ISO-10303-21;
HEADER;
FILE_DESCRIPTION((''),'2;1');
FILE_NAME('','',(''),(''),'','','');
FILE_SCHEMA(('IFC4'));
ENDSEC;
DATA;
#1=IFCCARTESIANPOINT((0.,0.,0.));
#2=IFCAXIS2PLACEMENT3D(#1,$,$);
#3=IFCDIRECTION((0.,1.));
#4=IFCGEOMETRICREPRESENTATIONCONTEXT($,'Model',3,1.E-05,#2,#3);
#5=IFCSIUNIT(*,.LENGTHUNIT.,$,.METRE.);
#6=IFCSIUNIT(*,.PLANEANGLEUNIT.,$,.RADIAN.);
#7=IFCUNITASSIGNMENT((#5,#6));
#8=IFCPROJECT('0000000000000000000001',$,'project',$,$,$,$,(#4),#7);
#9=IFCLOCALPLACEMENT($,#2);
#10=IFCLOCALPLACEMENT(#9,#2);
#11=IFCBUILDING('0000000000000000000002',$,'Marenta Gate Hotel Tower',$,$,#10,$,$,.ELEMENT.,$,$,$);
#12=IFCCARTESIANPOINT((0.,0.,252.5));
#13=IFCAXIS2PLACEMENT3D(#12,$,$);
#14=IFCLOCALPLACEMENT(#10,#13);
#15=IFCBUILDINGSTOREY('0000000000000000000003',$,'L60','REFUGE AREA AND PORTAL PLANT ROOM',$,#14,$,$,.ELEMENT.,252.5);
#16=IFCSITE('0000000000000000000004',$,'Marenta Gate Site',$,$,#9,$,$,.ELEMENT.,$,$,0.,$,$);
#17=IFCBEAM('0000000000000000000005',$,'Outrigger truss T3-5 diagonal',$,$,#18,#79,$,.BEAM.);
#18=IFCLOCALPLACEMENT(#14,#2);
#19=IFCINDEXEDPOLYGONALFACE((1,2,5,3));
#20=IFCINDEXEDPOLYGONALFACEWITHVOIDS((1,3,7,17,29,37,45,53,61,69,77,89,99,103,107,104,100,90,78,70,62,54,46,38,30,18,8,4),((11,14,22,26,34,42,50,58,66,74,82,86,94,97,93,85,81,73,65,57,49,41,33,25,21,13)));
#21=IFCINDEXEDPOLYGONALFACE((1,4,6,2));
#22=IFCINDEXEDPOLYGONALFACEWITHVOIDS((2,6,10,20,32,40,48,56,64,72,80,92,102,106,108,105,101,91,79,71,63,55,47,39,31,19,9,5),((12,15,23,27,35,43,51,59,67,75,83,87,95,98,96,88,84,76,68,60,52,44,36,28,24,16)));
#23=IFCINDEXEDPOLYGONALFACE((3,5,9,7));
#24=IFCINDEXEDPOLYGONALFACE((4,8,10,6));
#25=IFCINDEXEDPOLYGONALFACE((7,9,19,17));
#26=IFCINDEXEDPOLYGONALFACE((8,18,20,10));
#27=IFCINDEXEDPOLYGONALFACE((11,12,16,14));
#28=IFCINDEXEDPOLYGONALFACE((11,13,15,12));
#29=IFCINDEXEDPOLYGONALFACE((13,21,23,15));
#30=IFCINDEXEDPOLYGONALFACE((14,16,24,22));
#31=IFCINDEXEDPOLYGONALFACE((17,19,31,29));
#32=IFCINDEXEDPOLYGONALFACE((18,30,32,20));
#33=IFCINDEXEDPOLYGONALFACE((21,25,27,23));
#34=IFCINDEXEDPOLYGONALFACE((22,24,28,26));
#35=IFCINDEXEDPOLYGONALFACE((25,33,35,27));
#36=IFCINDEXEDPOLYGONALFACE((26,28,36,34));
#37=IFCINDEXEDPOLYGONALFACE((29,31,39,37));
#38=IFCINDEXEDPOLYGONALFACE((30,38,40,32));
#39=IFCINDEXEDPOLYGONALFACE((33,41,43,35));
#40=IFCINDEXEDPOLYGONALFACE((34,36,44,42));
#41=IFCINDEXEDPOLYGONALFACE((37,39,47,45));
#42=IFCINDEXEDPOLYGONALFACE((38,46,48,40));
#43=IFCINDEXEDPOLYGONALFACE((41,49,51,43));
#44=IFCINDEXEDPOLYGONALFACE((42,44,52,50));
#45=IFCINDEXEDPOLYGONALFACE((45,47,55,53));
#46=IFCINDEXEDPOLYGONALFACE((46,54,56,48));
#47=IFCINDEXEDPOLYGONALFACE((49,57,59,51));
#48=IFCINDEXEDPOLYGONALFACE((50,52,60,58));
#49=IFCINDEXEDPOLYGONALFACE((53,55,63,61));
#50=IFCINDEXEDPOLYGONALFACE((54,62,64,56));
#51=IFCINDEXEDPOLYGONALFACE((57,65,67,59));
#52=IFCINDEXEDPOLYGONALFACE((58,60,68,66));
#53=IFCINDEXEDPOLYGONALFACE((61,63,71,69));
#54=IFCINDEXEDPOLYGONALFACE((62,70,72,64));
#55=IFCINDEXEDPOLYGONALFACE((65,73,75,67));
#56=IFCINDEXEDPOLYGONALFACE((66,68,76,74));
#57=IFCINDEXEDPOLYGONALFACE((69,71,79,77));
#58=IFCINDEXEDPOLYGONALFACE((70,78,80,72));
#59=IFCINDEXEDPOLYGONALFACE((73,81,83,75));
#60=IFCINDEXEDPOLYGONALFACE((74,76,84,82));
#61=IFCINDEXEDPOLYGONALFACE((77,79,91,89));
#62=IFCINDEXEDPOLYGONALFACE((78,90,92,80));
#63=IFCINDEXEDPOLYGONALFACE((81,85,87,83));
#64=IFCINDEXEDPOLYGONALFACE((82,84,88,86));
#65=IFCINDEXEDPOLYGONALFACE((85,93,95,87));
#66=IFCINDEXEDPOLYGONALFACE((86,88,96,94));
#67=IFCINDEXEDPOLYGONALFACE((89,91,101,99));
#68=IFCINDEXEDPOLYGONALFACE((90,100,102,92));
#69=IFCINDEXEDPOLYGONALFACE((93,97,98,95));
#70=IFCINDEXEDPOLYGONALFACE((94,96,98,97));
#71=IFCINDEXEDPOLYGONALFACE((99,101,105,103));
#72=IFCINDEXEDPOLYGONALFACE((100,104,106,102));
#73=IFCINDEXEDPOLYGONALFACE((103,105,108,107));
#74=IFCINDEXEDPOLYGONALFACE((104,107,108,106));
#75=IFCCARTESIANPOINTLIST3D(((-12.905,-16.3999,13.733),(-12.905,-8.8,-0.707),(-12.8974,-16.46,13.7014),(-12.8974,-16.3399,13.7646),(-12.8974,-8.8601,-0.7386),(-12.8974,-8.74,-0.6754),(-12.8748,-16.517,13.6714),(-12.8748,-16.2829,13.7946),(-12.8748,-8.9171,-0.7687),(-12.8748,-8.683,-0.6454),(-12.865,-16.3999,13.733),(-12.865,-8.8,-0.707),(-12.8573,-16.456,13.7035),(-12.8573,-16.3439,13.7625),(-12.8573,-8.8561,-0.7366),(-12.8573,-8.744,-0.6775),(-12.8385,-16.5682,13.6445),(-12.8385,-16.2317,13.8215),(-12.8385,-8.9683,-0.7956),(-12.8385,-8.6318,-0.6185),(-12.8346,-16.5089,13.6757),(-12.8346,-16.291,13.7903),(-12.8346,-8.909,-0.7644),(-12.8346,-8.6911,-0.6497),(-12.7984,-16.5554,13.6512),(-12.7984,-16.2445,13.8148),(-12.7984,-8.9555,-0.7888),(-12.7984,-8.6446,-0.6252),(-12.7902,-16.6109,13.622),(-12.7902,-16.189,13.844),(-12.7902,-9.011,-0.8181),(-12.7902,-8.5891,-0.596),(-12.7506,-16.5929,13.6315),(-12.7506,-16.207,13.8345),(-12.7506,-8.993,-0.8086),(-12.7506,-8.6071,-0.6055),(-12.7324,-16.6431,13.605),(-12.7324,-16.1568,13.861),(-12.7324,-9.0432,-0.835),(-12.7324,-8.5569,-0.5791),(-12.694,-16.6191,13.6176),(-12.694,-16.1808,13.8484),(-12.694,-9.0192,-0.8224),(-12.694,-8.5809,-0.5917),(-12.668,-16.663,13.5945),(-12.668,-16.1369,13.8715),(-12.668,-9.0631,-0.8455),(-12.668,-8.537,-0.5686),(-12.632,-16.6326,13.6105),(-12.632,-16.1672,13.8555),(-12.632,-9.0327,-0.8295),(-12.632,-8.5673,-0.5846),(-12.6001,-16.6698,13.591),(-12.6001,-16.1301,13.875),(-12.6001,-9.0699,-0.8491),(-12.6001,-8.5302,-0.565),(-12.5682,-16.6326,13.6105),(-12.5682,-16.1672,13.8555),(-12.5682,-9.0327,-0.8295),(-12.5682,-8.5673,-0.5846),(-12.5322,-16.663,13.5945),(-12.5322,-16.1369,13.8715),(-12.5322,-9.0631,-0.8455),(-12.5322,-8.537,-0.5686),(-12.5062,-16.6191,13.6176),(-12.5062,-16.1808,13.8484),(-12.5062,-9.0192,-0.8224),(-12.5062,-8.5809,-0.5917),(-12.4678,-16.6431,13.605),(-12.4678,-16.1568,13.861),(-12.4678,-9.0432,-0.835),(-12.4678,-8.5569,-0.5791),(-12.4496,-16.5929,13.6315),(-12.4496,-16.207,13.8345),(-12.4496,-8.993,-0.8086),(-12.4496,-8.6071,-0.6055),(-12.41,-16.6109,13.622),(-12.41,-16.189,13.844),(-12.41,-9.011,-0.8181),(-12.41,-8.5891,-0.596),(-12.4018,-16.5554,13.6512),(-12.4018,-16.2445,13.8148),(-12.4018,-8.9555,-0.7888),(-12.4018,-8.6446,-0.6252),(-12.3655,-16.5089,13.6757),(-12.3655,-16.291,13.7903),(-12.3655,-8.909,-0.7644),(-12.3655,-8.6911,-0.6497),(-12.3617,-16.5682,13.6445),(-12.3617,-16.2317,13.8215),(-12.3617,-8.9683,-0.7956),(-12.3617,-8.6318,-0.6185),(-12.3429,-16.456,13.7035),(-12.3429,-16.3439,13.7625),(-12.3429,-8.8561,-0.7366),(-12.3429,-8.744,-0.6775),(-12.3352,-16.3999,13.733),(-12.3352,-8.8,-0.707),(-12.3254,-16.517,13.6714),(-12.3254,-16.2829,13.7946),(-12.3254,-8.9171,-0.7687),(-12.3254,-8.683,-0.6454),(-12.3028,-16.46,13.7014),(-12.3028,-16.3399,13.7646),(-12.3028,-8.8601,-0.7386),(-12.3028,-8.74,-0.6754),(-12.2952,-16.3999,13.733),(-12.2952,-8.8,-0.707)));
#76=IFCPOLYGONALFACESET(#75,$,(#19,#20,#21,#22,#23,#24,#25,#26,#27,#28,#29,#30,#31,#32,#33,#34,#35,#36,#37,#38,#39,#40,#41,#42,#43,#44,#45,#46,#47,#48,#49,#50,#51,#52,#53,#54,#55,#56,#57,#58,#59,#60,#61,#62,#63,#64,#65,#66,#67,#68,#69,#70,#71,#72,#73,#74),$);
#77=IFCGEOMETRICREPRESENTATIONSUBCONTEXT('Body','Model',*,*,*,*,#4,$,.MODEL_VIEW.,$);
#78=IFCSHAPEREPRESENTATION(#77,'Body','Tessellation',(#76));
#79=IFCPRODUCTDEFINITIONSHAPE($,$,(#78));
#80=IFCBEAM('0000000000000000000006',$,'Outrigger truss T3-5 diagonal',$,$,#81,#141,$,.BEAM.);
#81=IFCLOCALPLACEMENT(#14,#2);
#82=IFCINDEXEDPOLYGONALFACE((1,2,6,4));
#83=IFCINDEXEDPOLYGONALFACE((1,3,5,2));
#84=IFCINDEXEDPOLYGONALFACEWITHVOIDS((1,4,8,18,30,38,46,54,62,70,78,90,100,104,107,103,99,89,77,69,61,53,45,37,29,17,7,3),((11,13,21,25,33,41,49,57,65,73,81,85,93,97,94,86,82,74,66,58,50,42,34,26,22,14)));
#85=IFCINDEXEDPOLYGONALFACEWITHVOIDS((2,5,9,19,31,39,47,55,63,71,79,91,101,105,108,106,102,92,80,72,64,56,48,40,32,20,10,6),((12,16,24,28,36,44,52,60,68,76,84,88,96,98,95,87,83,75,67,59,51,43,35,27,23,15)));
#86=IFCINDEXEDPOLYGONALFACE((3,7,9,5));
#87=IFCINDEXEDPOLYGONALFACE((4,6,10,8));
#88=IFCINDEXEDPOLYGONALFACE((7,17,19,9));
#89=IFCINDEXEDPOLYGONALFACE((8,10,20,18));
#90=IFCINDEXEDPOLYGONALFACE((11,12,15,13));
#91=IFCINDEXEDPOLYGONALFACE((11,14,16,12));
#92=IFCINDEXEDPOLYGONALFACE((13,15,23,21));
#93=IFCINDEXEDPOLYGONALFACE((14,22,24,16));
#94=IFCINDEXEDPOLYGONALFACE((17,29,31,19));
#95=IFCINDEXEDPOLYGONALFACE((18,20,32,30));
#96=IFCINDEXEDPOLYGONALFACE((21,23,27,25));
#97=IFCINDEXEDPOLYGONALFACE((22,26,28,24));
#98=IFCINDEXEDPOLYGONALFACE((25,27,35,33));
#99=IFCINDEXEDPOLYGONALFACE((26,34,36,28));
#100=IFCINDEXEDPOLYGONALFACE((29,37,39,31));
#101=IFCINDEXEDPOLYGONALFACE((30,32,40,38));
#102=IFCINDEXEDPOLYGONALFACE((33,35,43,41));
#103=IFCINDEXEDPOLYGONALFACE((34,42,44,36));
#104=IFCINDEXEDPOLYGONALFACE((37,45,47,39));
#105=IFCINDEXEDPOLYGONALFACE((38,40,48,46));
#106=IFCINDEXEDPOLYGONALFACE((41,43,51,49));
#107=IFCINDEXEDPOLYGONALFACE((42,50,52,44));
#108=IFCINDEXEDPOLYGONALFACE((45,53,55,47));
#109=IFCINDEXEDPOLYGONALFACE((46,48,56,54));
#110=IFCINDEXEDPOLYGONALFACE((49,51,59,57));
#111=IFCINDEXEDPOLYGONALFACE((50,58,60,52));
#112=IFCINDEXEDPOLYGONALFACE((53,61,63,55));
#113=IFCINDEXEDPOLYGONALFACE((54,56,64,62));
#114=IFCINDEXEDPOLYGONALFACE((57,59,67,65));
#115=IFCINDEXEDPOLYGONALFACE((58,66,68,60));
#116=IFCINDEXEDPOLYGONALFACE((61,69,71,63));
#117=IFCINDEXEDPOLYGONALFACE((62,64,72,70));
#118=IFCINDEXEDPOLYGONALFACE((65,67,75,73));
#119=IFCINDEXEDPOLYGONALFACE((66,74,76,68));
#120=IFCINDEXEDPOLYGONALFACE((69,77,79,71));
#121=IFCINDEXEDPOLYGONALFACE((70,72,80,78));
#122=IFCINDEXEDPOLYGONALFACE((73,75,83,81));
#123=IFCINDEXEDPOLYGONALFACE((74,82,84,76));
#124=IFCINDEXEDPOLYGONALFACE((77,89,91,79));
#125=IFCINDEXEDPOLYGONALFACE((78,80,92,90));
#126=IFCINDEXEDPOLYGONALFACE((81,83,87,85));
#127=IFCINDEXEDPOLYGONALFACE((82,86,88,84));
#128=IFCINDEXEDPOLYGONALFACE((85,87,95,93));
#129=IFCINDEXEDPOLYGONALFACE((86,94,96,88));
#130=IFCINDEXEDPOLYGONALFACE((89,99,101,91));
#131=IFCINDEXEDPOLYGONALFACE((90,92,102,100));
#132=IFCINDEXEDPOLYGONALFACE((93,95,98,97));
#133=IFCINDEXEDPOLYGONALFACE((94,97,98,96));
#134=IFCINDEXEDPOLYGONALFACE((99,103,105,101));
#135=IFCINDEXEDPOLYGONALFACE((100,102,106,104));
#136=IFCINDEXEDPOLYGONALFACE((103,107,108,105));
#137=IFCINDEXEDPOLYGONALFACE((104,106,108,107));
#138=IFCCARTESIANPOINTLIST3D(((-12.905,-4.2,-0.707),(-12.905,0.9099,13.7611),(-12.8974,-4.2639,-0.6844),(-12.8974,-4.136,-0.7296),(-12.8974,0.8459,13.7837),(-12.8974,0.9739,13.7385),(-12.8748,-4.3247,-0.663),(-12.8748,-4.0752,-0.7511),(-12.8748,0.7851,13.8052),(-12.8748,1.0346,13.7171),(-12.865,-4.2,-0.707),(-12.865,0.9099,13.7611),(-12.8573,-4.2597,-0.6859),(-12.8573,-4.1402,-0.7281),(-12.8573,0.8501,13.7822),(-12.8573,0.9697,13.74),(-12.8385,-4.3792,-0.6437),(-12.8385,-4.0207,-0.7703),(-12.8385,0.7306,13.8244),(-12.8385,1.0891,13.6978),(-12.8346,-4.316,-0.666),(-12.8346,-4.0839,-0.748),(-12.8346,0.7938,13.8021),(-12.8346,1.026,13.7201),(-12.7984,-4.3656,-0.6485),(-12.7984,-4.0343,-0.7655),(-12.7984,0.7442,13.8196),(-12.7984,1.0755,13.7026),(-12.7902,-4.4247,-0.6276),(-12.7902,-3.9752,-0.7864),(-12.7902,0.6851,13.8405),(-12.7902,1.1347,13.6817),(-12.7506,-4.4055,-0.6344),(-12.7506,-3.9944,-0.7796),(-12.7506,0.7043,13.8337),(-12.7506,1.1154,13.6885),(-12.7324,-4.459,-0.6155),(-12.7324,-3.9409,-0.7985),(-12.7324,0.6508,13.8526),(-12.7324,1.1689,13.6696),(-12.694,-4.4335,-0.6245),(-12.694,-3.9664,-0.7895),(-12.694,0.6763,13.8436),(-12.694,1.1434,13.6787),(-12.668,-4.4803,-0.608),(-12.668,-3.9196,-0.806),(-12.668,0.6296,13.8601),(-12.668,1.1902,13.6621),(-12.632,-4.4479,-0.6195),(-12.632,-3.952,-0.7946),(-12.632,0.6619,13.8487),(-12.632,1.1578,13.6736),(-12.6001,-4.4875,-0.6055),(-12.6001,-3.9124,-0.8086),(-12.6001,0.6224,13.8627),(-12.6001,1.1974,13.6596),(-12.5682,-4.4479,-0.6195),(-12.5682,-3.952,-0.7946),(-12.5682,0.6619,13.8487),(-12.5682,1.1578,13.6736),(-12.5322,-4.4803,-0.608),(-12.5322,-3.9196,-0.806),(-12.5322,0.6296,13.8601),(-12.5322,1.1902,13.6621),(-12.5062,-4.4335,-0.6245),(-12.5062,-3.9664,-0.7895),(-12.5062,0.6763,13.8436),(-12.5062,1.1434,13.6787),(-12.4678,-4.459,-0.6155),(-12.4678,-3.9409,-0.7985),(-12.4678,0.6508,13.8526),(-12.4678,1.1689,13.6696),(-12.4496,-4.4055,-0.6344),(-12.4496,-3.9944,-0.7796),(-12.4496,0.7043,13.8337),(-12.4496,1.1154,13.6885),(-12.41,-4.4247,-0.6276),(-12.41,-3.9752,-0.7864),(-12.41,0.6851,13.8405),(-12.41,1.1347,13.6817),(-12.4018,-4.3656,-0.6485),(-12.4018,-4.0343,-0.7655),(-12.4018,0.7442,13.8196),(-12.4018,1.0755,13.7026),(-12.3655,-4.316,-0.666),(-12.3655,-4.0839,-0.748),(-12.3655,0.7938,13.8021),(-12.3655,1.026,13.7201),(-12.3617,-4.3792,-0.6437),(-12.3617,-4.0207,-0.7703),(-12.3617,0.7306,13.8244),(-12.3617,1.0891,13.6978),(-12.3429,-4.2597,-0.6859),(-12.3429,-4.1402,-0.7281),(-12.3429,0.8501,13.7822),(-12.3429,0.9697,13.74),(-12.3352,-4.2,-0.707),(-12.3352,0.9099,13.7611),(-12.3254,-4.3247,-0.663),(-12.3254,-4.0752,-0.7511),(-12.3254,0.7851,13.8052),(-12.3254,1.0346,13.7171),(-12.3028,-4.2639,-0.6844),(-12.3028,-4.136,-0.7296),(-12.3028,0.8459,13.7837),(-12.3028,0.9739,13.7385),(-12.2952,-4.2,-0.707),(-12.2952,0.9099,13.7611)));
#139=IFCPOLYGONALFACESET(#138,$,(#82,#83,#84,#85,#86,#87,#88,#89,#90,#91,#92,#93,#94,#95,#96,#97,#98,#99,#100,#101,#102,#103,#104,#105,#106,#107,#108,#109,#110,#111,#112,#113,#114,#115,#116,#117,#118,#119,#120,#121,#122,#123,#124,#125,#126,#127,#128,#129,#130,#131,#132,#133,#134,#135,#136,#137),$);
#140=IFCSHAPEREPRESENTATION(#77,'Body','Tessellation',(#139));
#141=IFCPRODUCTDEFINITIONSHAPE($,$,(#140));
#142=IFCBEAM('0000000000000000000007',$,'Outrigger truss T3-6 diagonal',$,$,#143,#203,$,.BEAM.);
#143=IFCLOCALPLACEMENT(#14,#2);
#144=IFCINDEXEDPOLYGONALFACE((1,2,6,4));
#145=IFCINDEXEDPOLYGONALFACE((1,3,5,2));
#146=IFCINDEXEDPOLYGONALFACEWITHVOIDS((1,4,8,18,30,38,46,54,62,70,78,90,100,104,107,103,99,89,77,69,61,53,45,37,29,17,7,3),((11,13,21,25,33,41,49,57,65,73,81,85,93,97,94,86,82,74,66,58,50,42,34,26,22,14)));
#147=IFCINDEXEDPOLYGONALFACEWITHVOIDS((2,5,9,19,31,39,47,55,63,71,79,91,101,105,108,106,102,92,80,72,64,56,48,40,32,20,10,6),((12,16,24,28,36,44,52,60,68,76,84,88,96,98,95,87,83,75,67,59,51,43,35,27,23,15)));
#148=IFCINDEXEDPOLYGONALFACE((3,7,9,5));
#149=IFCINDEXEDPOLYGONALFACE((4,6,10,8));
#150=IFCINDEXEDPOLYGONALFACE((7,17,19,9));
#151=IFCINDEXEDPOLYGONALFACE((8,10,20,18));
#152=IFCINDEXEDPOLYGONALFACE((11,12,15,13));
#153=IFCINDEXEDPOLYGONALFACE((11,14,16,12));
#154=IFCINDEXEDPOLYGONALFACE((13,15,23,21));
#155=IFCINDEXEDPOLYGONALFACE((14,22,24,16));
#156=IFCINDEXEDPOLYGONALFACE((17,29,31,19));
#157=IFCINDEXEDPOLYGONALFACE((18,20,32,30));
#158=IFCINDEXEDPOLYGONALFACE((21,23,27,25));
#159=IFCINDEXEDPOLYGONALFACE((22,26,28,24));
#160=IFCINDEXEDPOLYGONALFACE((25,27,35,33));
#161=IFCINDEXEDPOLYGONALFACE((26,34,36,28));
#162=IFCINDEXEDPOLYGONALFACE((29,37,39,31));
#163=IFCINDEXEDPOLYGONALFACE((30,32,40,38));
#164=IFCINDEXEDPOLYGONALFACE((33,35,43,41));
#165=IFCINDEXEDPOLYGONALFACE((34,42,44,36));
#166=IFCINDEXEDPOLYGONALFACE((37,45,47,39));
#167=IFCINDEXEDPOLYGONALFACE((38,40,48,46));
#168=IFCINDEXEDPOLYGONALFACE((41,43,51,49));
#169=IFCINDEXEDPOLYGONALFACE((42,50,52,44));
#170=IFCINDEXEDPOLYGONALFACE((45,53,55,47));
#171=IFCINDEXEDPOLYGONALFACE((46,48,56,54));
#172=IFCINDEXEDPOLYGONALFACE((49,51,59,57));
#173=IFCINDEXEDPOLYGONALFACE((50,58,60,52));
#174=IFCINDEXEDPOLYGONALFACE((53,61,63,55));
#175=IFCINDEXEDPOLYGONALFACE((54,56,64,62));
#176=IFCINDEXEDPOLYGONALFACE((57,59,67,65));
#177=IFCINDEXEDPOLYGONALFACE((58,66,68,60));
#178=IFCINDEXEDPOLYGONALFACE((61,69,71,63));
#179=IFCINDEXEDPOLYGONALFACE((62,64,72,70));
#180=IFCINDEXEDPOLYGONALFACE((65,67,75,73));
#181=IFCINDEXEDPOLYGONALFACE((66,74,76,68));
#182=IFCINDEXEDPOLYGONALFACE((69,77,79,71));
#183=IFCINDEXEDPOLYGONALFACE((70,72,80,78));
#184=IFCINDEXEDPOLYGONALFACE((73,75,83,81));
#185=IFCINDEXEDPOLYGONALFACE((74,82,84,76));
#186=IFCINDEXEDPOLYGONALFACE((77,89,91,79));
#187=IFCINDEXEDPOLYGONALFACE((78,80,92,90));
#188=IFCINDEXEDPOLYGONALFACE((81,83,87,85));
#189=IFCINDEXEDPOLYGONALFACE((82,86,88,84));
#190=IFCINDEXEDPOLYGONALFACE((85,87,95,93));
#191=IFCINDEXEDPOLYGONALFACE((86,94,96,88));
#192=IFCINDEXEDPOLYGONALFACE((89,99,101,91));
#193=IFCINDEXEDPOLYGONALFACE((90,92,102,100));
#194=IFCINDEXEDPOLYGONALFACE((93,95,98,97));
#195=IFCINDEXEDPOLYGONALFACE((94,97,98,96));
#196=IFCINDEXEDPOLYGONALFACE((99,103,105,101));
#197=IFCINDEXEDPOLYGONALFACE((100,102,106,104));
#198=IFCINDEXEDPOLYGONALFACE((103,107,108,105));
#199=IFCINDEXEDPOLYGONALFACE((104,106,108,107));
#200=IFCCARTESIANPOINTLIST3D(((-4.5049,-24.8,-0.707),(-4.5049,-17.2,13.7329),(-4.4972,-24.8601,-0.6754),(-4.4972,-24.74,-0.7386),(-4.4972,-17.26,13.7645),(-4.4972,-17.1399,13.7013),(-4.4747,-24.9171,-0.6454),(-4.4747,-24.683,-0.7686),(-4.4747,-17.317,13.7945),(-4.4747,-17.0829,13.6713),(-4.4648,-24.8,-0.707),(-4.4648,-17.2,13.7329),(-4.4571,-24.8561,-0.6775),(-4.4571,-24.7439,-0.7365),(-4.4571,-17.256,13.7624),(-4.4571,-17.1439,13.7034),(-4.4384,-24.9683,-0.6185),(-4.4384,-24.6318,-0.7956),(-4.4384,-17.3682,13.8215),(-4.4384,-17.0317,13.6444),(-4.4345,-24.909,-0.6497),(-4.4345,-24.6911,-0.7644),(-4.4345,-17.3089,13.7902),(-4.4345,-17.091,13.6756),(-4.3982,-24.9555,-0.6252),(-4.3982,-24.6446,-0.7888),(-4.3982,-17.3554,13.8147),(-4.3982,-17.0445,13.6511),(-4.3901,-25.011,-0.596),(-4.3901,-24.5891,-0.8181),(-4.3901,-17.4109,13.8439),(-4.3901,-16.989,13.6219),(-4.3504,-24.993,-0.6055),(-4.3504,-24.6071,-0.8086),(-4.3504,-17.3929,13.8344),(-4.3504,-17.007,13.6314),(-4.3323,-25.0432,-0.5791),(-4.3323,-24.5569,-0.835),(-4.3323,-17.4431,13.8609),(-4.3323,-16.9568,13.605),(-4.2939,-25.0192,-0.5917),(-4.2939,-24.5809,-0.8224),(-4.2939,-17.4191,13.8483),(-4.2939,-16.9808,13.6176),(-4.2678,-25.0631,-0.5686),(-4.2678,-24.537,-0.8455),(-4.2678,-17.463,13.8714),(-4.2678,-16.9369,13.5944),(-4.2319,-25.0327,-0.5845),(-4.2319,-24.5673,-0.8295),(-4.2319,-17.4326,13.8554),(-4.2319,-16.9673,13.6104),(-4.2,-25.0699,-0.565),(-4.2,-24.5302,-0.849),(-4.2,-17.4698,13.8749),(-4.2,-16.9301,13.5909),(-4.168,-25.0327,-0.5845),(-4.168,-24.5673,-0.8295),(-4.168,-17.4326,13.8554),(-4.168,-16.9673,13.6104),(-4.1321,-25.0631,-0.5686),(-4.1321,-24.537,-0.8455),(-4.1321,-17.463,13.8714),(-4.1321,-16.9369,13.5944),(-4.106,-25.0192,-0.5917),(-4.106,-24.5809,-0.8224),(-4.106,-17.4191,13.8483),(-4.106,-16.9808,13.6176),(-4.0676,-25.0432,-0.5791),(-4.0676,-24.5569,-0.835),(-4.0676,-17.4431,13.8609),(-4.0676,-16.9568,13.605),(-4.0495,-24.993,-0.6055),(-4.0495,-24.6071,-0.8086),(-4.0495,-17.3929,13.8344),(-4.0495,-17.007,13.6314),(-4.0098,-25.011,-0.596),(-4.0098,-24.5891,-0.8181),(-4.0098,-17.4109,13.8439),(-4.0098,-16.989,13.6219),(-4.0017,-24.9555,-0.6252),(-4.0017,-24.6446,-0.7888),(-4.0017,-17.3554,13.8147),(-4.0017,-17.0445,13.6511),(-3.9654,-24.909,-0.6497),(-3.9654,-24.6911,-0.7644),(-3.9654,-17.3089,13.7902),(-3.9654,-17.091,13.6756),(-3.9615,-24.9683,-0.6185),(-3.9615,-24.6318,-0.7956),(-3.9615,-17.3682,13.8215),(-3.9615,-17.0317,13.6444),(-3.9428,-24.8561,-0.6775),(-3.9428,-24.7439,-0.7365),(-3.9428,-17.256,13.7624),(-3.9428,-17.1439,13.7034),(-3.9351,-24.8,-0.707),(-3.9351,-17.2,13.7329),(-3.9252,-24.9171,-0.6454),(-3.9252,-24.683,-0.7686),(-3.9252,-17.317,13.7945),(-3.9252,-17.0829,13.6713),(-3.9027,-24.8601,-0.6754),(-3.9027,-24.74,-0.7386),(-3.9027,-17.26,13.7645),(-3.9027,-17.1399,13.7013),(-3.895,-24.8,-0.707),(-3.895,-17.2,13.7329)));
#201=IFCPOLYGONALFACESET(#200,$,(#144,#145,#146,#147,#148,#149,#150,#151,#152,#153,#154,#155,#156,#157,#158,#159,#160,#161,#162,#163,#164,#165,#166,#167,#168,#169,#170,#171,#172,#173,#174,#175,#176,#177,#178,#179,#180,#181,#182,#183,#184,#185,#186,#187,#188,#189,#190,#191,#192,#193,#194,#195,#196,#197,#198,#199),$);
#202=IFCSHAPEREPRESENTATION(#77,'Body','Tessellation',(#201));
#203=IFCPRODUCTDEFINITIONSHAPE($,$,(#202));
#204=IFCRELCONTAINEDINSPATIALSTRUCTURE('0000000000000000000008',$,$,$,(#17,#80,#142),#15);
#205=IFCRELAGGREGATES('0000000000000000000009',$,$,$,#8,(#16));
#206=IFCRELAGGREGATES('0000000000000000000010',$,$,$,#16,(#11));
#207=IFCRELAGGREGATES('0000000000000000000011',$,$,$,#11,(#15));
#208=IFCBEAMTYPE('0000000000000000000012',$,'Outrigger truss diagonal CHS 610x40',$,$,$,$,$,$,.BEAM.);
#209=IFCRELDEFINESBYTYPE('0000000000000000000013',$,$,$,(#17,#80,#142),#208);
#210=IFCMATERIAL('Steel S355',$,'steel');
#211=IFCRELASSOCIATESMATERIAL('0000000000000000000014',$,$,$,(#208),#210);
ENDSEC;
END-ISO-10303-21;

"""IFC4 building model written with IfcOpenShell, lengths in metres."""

from ifc_helpers import new_model, si_unit, direction, frame, origin, origin_2d, place, context, subcontext, project, spatial, hollow_circle, extrude, material, material_profile, profile_set, type_object, element, save


model = new_model("IFC4")

# Units and contexts
model_context = context("Model", 3, precision=1e-05, world=origin(), true_north=direction((0.0, 1.0)))
body_context = subcontext(model_context, "Body", "Model", "MODEL_VIEW")
ifc_project = project(units=[si_unit("LENGTHUNIT", "METRE"), si_unit("PLANEANGLEUNIT", "RADIAN")], contexts=[model_context])

# Site, building, storey
site_placement = place(None, origin())
site = spatial("IfcSite", under=ifc_project, at=site_placement, Name="Marenta Gate Site", CompositionType="ELEMENT", RefElevation=0.0)
building_placement = place(site_placement, origin())
building = spatial("IfcBuilding", under=site, at=building_placement, Name="Marenta Gate Hotel Tower", CompositionType="ELEMENT")
storey_placement = place(building_placement, frame((0.0, 0.0, 252.5)))
storey = spatial("IfcBuildingStorey", under=building, at=storey_placement, Name="L60", Description="REFUGE AREA AND PORTAL PLANT ROOM", CompositionType="ELEMENT", Elevation=252.5)

# Beams
ifc_material_1 = material(Name="Steel S355", Category="steel")
ifc_material_profile_1 = material_profile(ifc_material_1, hollow_circle(Radius=0.3049, WallThickness=0.04, at=origin_2d()), Name="CHS 610x40")
ifc_profile_set_1 = profile_set([ifc_material_profile_1], Name="Steel S355")
beam_type_1 = type_object("IfcBeamType", Name="Outrigger truss diagonal CHS 610x40", PredefinedType="BEAM", material=ifc_profile_set_1)
beam_1_placement = place(storey_placement, frame((-12.6001, -8.8, -0.707), z_axis=(0.0, -0.465741, 0.884921), x_axis=(1.0, 0.0, 0.0)))
element("IfcBeam", 1, at=beam_1_placement, inside=storey, type_object=beam_type_1, Name="Outrigger truss T3-5 diagonal", PredefinedType="BEAM", context=body_context, shape_type="SweptSolid", body=[
    extrude(hollow_circle(Radius=0.3049, WallThickness=0.04, at=origin_2d()), origin(), (0.0, 0.0, 1.0), 16.3179),
])
beam_2_placement = place(storey_placement, frame((-12.6001, -4.2, -0.707), z_axis=(0.0, 0.333018, 0.94292), x_axis=(-1.0, 0.0, 0.0)))
element("IfcBeam", 2, at=beam_2_placement, inside=storey, type_object=beam_type_1, Name="Outrigger truss T3-5 diagonal", PredefinedType="BEAM", context=body_context, shape_type="SweptSolid", body=[
    extrude(hollow_circle(Radius=0.3049, WallThickness=0.04, at=origin_2d()), origin(), (0.0, 0.0, 1.0), 15.344),
])
beam_3_placement = place(storey_placement, frame((-4.2, -17.2, 13.7329), z_axis=(0.0, -0.465753, -0.884915), x_axis=(1.0, 0.0, 0.0)))
element("IfcBeam", 3, at=beam_3_placement, inside=storey, type_object=beam_type_1, Name="Outrigger truss T3-6 diagonal", PredefinedType="BEAM", context=body_context, shape_type="SweptSolid", body=[
    extrude(hollow_circle(Radius=0.3049, WallThickness=0.04, at=origin_2d()), origin(), (0.0, 0.0, 1.0), 16.3179),
])

save(model, "model.ifc")
